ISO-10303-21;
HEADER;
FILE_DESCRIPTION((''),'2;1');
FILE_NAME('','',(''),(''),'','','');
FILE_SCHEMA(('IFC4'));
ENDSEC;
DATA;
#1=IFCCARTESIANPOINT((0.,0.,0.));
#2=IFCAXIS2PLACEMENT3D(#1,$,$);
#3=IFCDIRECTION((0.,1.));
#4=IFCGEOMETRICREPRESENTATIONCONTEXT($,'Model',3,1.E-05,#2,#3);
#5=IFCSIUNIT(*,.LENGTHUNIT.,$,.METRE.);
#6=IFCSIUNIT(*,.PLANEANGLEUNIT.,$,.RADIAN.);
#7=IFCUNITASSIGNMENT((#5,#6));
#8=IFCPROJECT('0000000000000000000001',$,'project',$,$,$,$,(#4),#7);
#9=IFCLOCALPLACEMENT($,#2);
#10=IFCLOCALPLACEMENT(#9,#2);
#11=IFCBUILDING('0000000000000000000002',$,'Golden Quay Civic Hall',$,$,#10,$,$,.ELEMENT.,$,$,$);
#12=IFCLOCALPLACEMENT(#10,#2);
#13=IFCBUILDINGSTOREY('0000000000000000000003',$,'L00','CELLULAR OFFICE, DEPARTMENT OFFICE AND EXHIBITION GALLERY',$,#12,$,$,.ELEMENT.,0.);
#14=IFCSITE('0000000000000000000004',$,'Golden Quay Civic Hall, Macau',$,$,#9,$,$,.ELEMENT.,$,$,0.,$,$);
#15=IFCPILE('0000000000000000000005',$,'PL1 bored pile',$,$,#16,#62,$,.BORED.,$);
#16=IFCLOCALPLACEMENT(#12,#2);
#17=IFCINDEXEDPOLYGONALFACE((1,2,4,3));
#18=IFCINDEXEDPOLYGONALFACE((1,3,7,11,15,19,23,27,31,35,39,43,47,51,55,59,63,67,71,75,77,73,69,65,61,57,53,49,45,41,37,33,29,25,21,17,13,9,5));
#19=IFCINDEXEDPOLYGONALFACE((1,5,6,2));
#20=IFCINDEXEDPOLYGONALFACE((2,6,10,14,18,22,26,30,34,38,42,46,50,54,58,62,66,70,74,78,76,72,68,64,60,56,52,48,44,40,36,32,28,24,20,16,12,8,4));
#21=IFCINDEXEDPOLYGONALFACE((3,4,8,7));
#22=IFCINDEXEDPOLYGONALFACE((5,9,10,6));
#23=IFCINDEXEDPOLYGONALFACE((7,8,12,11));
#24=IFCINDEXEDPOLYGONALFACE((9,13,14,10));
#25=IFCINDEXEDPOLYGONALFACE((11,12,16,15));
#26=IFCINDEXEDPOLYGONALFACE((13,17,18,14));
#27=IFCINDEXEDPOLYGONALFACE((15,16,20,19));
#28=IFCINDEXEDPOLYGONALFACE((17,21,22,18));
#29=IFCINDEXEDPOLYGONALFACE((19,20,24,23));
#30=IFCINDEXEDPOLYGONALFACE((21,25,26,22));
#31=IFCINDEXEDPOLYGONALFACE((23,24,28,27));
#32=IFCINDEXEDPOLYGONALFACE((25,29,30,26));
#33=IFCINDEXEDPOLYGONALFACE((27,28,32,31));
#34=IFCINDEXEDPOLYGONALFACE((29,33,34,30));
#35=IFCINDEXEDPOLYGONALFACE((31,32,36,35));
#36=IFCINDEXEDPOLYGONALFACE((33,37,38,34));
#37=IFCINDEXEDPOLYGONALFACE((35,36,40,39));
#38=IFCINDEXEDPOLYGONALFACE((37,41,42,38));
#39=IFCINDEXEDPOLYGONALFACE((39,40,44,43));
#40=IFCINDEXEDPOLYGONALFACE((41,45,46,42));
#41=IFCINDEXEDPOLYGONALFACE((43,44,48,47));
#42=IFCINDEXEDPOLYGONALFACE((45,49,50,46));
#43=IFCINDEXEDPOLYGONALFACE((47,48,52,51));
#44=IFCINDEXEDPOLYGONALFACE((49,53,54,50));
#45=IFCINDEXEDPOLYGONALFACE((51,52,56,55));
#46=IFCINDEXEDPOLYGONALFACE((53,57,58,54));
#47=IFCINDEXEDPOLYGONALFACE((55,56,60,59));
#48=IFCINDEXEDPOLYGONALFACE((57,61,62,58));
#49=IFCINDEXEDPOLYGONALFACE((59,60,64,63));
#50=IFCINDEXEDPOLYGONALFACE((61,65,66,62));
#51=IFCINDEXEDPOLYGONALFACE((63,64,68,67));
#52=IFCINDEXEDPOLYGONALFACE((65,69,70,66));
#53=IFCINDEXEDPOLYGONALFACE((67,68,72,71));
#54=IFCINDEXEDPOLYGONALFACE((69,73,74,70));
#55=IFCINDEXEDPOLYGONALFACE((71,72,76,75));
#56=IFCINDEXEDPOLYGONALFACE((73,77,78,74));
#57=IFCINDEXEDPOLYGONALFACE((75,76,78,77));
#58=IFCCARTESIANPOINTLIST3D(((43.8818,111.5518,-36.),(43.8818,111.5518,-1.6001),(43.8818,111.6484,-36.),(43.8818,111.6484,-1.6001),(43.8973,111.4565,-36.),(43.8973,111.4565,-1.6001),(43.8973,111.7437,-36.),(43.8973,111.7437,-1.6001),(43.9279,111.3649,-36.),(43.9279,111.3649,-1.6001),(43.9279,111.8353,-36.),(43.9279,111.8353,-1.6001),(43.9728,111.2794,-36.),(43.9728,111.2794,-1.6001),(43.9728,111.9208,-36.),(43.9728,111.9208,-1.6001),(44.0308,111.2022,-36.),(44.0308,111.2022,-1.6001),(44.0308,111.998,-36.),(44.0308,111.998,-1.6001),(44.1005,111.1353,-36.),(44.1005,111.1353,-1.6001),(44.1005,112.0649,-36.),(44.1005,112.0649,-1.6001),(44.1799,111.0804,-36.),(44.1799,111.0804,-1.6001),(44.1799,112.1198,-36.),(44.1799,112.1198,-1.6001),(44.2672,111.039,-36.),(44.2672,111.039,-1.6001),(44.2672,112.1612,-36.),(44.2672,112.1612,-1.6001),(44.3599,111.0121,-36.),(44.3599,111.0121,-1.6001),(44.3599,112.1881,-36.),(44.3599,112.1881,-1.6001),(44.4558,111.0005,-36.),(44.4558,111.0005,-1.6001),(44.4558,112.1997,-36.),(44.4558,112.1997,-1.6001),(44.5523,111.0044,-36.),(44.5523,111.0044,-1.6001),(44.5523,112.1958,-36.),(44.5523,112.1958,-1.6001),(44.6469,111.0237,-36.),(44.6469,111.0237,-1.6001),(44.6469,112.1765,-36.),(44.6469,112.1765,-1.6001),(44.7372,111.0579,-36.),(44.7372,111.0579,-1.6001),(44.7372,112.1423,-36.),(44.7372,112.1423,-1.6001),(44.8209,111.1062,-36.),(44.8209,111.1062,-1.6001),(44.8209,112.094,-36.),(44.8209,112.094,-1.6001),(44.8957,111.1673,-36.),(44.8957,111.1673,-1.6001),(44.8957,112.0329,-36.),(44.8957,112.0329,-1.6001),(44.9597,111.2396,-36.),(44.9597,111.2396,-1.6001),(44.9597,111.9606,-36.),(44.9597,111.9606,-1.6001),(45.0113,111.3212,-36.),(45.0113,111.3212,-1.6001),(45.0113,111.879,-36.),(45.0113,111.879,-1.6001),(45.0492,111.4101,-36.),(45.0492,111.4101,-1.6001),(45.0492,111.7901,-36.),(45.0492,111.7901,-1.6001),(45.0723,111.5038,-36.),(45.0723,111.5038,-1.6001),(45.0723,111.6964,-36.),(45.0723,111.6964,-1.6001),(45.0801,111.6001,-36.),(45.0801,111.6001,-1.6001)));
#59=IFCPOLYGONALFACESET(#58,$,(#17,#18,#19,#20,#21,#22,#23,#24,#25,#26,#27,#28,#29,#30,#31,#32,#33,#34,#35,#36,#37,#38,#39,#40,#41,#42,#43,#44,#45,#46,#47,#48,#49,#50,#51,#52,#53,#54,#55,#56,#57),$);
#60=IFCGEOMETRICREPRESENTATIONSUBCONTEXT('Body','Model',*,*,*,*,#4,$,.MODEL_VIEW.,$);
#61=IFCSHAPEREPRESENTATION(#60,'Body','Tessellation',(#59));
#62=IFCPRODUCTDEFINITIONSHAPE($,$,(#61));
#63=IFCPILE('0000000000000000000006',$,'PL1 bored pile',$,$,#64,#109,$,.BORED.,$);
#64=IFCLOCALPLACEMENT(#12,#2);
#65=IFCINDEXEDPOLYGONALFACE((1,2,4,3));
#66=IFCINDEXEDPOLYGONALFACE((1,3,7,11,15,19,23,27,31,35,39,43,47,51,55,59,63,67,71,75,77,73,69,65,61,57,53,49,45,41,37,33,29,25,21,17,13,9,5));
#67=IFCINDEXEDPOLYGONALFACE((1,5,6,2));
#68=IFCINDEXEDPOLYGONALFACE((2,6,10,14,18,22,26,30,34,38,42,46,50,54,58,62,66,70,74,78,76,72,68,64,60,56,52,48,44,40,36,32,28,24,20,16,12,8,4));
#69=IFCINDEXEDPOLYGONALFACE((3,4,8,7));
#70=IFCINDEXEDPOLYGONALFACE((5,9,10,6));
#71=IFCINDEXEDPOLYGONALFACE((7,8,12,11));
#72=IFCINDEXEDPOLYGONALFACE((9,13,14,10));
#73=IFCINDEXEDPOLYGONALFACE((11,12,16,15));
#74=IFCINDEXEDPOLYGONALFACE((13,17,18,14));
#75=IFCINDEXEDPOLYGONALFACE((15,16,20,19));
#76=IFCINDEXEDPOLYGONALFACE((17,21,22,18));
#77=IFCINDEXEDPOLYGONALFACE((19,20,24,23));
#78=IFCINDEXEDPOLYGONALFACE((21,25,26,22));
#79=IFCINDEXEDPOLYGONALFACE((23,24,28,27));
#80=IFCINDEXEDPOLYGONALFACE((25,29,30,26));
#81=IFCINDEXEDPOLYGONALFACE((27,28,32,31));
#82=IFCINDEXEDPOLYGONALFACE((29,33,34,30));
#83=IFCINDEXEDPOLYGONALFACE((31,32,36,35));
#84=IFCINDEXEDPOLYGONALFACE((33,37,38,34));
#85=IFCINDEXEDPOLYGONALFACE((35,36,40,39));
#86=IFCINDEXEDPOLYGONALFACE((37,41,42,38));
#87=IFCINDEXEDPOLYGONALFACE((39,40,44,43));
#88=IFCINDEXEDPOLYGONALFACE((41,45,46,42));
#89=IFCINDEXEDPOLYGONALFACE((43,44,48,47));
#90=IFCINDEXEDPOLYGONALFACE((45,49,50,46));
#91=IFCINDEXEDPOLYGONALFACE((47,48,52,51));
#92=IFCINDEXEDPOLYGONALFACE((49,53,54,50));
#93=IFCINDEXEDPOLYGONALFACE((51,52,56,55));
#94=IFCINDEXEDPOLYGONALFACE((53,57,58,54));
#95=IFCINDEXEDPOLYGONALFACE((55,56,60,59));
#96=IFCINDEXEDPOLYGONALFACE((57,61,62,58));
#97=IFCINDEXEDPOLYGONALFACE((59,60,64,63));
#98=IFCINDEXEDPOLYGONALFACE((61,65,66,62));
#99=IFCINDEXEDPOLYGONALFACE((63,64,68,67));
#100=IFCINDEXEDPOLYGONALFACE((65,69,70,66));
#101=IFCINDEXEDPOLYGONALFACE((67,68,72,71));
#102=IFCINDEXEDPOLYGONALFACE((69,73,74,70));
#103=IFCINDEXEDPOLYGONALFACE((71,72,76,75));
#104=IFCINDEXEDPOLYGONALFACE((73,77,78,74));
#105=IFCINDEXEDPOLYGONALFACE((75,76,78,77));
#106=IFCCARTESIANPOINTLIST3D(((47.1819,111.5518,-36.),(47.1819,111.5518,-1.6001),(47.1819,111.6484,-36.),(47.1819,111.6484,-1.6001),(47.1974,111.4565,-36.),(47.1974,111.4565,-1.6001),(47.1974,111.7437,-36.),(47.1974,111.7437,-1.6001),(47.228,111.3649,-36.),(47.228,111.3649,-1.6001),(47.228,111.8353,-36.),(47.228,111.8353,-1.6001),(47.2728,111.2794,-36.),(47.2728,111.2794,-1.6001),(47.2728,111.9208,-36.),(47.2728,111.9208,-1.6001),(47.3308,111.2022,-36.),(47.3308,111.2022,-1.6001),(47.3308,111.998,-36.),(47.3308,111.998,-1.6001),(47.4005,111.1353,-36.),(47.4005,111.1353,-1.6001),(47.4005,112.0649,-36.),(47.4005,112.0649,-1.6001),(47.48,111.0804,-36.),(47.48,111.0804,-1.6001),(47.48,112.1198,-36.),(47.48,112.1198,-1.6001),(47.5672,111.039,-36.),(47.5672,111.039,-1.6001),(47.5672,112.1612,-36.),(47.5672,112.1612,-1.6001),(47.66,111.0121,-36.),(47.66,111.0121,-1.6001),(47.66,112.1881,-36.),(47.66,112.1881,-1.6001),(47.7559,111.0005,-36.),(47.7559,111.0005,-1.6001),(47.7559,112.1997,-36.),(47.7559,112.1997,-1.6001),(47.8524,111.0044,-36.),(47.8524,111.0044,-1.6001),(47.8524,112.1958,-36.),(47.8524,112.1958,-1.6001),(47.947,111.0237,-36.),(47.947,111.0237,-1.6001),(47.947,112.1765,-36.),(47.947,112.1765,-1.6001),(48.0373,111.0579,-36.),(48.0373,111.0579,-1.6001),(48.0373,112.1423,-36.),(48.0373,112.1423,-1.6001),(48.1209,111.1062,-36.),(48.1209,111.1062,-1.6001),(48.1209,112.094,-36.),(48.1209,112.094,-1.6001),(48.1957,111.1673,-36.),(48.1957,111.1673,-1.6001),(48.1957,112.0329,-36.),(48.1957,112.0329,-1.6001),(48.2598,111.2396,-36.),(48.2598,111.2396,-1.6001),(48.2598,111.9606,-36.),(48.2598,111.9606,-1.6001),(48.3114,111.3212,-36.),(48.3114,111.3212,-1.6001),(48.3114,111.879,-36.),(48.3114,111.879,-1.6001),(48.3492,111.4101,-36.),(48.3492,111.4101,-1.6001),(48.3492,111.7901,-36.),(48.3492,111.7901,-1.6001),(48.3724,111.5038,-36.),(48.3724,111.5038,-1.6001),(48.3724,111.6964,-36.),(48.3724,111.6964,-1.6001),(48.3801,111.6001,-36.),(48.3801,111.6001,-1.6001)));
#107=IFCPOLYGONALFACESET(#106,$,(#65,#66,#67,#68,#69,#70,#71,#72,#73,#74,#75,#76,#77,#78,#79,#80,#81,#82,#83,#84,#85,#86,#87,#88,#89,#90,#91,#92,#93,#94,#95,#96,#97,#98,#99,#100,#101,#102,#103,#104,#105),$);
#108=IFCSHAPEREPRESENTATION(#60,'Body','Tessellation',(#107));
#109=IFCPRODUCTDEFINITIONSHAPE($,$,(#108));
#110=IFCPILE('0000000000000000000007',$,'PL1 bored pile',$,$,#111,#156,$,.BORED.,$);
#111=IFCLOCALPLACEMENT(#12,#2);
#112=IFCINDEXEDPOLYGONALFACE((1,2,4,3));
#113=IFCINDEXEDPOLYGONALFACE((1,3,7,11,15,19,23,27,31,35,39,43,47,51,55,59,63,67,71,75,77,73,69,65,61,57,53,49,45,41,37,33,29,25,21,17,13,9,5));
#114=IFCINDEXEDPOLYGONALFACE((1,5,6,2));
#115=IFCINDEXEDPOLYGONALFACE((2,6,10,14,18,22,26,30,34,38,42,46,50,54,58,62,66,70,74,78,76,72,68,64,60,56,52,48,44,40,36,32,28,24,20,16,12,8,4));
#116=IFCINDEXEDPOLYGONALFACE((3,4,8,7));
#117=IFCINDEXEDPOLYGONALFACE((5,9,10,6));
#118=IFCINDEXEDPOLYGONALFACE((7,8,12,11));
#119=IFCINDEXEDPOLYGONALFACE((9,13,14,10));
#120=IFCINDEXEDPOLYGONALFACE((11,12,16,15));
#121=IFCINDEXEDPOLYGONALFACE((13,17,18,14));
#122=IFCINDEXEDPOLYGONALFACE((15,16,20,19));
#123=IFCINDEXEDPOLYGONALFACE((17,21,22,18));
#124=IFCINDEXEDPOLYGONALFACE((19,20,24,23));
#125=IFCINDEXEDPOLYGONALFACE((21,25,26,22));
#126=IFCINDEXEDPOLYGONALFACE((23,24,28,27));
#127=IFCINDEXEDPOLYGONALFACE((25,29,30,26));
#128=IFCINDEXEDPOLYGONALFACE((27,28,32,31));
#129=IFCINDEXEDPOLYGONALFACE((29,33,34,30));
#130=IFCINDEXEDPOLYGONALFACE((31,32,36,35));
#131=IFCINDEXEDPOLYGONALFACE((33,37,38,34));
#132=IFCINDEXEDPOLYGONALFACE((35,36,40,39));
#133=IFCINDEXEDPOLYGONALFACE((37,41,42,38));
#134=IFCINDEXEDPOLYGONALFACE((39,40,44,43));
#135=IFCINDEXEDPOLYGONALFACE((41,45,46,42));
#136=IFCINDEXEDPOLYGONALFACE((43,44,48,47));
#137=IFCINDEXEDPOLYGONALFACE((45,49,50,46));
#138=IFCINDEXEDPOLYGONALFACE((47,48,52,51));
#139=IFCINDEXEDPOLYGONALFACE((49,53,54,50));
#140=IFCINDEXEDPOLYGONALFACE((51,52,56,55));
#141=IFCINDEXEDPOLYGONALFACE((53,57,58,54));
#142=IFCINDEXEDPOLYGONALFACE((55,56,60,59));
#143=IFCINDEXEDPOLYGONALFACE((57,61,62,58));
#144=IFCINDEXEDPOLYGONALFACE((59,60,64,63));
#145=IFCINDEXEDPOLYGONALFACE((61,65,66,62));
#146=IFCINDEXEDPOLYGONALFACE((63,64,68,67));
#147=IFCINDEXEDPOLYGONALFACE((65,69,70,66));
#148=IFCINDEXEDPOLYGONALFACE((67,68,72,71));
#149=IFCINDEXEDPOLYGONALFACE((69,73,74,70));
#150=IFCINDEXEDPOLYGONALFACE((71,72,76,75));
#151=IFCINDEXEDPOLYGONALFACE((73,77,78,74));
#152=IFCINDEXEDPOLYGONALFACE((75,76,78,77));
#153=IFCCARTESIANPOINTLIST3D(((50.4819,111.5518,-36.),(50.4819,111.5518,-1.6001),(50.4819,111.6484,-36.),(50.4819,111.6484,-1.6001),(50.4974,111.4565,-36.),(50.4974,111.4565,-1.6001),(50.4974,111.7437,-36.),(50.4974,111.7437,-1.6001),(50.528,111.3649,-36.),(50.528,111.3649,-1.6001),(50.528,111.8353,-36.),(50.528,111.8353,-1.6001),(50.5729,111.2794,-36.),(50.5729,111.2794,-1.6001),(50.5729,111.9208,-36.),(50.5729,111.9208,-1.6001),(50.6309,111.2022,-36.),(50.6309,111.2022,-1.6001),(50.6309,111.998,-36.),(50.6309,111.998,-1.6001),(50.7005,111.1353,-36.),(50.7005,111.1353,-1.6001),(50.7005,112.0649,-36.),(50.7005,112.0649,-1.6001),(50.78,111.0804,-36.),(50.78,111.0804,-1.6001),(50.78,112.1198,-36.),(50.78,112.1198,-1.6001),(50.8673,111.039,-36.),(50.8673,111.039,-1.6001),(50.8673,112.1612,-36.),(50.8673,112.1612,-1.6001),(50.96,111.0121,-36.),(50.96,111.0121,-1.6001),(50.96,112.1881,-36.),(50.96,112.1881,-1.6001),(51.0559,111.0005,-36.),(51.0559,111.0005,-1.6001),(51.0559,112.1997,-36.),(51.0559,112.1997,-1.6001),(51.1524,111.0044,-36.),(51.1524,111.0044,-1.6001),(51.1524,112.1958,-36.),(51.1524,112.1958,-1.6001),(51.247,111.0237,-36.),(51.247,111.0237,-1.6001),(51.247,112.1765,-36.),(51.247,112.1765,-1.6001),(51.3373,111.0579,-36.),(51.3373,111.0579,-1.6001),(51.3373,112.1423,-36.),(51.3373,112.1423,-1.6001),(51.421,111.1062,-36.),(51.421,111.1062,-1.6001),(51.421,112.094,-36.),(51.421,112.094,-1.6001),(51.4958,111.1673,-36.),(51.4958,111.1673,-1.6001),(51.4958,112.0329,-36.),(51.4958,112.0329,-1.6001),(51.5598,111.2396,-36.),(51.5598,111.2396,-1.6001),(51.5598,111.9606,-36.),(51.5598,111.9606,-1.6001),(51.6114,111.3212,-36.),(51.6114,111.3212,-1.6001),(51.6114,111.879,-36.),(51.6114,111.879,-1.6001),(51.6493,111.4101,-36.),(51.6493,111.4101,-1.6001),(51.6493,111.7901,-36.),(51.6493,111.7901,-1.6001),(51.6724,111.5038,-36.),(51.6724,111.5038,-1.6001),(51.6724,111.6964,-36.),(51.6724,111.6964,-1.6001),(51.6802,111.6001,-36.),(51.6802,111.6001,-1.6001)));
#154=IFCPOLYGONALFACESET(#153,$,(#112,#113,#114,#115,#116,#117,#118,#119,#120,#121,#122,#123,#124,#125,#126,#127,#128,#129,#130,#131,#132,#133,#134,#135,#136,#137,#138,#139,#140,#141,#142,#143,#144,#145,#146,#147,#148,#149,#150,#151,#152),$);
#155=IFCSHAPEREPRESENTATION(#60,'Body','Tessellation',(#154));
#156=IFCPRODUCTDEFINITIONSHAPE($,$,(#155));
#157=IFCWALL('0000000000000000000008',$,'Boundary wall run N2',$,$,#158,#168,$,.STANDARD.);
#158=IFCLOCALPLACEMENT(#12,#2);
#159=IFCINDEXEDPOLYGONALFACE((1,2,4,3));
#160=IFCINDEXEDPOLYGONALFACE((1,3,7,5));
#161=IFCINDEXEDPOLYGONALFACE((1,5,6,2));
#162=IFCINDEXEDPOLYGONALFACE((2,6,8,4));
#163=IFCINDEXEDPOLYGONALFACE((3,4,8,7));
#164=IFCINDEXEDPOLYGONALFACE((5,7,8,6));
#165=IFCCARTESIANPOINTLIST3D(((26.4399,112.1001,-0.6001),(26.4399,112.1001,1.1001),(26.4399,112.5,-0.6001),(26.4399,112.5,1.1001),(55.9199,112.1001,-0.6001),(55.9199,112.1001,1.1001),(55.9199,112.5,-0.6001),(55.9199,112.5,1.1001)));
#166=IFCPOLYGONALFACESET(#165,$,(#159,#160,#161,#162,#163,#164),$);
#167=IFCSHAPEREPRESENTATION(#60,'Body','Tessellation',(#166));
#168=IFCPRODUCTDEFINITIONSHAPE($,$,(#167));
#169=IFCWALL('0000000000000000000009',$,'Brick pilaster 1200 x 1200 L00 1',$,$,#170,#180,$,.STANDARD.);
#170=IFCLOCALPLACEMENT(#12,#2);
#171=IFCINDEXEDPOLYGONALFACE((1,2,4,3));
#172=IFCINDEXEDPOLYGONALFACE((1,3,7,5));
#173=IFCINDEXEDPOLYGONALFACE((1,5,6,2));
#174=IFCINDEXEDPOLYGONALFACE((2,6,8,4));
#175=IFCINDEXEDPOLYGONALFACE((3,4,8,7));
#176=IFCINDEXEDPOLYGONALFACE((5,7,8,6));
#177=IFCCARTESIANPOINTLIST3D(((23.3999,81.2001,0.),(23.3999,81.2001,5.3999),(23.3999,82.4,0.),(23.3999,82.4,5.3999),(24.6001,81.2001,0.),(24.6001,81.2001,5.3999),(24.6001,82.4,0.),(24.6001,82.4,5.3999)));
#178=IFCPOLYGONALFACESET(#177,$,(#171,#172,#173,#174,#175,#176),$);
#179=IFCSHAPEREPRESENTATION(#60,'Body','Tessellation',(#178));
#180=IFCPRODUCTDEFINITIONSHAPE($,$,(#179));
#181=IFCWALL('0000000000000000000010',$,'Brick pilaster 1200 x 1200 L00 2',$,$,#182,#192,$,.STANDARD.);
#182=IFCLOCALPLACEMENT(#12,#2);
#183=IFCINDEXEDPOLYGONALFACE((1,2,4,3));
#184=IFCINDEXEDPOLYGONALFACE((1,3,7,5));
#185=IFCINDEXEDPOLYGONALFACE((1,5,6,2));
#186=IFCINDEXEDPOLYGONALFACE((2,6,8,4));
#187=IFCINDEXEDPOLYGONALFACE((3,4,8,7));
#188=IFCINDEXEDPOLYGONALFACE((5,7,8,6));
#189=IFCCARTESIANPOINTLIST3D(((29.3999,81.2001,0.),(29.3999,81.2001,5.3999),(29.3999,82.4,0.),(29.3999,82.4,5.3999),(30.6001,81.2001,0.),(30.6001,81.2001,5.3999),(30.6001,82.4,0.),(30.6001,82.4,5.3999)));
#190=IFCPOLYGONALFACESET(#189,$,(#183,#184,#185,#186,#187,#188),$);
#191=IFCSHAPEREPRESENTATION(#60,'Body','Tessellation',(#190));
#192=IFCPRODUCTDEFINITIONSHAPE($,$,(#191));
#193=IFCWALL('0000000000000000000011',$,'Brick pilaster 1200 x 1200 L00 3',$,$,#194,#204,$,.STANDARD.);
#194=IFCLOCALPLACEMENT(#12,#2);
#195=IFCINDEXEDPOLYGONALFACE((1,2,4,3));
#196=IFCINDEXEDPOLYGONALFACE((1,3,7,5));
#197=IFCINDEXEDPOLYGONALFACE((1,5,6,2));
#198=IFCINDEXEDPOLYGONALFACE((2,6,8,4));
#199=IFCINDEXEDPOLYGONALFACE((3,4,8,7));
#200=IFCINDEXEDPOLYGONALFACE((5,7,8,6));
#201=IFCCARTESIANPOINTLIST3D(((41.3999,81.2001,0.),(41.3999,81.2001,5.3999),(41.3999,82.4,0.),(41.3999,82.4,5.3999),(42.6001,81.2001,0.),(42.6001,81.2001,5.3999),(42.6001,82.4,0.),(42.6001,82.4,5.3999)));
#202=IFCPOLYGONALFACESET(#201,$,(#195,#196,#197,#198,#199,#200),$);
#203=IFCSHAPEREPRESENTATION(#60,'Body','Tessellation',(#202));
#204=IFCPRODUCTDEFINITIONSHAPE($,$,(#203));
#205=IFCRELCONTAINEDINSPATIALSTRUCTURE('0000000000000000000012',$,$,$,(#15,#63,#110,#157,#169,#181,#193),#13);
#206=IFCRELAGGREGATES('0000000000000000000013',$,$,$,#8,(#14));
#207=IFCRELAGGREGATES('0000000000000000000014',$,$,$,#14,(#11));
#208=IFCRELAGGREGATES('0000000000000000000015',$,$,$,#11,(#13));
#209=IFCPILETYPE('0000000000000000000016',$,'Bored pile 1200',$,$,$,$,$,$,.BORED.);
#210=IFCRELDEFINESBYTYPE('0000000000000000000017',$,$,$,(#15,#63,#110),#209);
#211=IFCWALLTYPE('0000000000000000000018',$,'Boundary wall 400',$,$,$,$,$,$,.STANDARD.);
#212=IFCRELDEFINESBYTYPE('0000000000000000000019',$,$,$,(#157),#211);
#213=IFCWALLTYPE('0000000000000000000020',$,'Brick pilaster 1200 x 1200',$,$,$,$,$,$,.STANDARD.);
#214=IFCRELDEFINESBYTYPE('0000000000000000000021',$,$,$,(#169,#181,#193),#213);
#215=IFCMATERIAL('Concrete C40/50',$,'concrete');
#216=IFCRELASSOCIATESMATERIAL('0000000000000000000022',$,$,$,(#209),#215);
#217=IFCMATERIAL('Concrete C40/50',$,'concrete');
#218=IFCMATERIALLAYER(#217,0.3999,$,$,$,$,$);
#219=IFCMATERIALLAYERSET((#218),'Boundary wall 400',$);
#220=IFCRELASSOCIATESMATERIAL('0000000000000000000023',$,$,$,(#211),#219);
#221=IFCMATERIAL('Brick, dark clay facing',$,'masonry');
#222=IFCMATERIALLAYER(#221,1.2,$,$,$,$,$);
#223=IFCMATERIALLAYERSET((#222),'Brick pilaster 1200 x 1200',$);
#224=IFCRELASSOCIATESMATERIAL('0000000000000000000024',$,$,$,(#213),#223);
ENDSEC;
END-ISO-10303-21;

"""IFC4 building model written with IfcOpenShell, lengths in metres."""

from ifc_helpers import new_model, si_unit, direction, frame, frame_2d, origin, origin_2d, place, context, subcontext, project, spatial, rectangle, circle, extrude, material, layer, layer_set, material_profile, profile_set, type_object, element, save


model = new_model("IFC4")

# Units and contexts
model_context = context("Model", 3, precision=1e-05, world=origin(), true_north=direction((0.0, 1.0)))
body_context = subcontext(model_context, "Body", "Model", "MODEL_VIEW")
ifc_project = project(units=[si_unit("LENGTHUNIT", "METRE"), si_unit("PLANEANGLEUNIT", "RADIAN")], contexts=[model_context])

# Site, building, storey
site_placement = place(None, origin())
site = spatial("IfcSite", under=ifc_project, at=site_placement, Name="Golden Quay Civic Hall, Macau", CompositionType="ELEMENT", RefElevation=0.0)
building_placement = place(site_placement, origin())
building = spatial("IfcBuilding", under=site, at=building_placement, Name="Golden Quay Civic Hall", CompositionType="ELEMENT")
storey_placement = place(building_placement, origin())
storey = spatial("IfcBuildingStorey", under=building, at=storey_placement, Name="L00", Description="CELLULAR OFFICE, DEPARTMENT OFFICE AND EXHIBITION GALLERY", CompositionType="ELEMENT", Elevation=0.0)

# Piles
ifc_material_1 = material(Name="Concrete C40/50", Category="concrete")
ifc_material_profile = material_profile(ifc_material_1, circle(Radius=0.6001, at=origin_2d()), Name="RC D1200")
ifc_profile_set = profile_set([ifc_material_profile], Name="Concrete C40/50")
pile_type = type_object("IfcPileType", Name="Bored pile 1200", PredefinedType="BORED", material=ifc_profile_set)
for number, where, z_axis, x_axis, name in (
    (1, (44.48, 111.6001, -1.6001), (0.0, 0.0, -1.0), (1.0, 0.0, 0.0), "PL1 bored pile"),
    (2, (47.78, 111.6001, -1.6001), (0.0, 0.0, -1.0), (1.0, 0.0, 0.0), "PL1 bored pile"),
    (3, (51.0801, 111.6001, -1.6001), (0.0, 0.0, -1.0), (1.0, 0.0, 0.0), "PL1 bored pile"),
):
    element("IfcPile", number, at=place(storey_placement, frame(where, z_axis=z_axis, x_axis=x_axis)), inside=storey, type_object=pile_type, Name=name, PredefinedType="BORED", context=body_context, shape_type="SweptSolid", body=[
        extrude(circle(Radius=0.6001, at=origin_2d()), origin(), (0.0, 0.0, 1.0), 34.3999),
    ])

# Walls
ifc_material_2 = material(Name="Concrete C40/50", Category="concrete")
ifc_layer_1 = layer(ifc_material_2, 0.3999)
ifc_layer_set_1 = layer_set([ifc_layer_1], Name="Boundary wall 400")
wall_type_1 = type_object("IfcWallType", Name="Boundary wall 400", PredefinedType="STANDARD", material=ifc_layer_set_1)
wall_placement = place(storey_placement, frame((26.4399, 112.3, -0.6001), z_axis=(0.0, 0.0, 1.0), x_axis=(1.0, 0.0, 0.0)))
element("IfcWall", 4, at=wall_placement, inside=storey, type_object=wall_type_1, Name="Boundary wall run N2", PredefinedType="STANDARD", context=body_context, shape_type="SweptSolid", body=[
    extrude(rectangle(XDim=29.48, YDim=0.3999, at=frame_2d((14.74, 0.0))), origin(), (0.0, 0.0, 1.0), 1.7002),
])
ifc_material_3 = material(Name="Brick, dark clay facing", Category="masonry")
ifc_layer_2 = layer(ifc_material_3, 1.2)
ifc_layer_set_2 = layer_set([ifc_layer_2], Name="Brick pilaster 1200 x 1200")
wall_type_2 = type_object("IfcWallType", Name="Brick pilaster 1200 x 1200", PredefinedType="STANDARD", material=ifc_layer_set_2)
for number, where, z_axis, x_axis, name in (
    (5, (23.3999, 81.8, 0.0), (0.0, 0.0, 1.0), (1.0, 0.0, 0.0), "Brick pilaster 1200 x 1200 L00 1"),
    (6, (29.3999, 81.8, 0.0), (0.0, 0.0, 1.0), (1.0, 0.0, 0.0), "Brick pilaster 1200 x 1200 L00 2"),
    (7, (41.3999, 81.8, 0.0), (0.0, 0.0, 1.0), (1.0, 0.0, 0.0), "Brick pilaster 1200 x 1200 L00 3"),
):
    element("IfcWall", number, at=place(storey_placement, frame(where, z_axis=z_axis, x_axis=x_axis)), inside=storey, type_object=wall_type_2, Name=name, PredefinedType="STANDARD", context=body_context, shape_type="SweptSolid", body=[
        extrude(rectangle(XDim=1.2002, YDim=1.2, at=frame_2d((0.6001, 0.0))), origin(), (0.0, 0.0, 1.0), 5.3999),
    ])

save(model, "model.ifc")
